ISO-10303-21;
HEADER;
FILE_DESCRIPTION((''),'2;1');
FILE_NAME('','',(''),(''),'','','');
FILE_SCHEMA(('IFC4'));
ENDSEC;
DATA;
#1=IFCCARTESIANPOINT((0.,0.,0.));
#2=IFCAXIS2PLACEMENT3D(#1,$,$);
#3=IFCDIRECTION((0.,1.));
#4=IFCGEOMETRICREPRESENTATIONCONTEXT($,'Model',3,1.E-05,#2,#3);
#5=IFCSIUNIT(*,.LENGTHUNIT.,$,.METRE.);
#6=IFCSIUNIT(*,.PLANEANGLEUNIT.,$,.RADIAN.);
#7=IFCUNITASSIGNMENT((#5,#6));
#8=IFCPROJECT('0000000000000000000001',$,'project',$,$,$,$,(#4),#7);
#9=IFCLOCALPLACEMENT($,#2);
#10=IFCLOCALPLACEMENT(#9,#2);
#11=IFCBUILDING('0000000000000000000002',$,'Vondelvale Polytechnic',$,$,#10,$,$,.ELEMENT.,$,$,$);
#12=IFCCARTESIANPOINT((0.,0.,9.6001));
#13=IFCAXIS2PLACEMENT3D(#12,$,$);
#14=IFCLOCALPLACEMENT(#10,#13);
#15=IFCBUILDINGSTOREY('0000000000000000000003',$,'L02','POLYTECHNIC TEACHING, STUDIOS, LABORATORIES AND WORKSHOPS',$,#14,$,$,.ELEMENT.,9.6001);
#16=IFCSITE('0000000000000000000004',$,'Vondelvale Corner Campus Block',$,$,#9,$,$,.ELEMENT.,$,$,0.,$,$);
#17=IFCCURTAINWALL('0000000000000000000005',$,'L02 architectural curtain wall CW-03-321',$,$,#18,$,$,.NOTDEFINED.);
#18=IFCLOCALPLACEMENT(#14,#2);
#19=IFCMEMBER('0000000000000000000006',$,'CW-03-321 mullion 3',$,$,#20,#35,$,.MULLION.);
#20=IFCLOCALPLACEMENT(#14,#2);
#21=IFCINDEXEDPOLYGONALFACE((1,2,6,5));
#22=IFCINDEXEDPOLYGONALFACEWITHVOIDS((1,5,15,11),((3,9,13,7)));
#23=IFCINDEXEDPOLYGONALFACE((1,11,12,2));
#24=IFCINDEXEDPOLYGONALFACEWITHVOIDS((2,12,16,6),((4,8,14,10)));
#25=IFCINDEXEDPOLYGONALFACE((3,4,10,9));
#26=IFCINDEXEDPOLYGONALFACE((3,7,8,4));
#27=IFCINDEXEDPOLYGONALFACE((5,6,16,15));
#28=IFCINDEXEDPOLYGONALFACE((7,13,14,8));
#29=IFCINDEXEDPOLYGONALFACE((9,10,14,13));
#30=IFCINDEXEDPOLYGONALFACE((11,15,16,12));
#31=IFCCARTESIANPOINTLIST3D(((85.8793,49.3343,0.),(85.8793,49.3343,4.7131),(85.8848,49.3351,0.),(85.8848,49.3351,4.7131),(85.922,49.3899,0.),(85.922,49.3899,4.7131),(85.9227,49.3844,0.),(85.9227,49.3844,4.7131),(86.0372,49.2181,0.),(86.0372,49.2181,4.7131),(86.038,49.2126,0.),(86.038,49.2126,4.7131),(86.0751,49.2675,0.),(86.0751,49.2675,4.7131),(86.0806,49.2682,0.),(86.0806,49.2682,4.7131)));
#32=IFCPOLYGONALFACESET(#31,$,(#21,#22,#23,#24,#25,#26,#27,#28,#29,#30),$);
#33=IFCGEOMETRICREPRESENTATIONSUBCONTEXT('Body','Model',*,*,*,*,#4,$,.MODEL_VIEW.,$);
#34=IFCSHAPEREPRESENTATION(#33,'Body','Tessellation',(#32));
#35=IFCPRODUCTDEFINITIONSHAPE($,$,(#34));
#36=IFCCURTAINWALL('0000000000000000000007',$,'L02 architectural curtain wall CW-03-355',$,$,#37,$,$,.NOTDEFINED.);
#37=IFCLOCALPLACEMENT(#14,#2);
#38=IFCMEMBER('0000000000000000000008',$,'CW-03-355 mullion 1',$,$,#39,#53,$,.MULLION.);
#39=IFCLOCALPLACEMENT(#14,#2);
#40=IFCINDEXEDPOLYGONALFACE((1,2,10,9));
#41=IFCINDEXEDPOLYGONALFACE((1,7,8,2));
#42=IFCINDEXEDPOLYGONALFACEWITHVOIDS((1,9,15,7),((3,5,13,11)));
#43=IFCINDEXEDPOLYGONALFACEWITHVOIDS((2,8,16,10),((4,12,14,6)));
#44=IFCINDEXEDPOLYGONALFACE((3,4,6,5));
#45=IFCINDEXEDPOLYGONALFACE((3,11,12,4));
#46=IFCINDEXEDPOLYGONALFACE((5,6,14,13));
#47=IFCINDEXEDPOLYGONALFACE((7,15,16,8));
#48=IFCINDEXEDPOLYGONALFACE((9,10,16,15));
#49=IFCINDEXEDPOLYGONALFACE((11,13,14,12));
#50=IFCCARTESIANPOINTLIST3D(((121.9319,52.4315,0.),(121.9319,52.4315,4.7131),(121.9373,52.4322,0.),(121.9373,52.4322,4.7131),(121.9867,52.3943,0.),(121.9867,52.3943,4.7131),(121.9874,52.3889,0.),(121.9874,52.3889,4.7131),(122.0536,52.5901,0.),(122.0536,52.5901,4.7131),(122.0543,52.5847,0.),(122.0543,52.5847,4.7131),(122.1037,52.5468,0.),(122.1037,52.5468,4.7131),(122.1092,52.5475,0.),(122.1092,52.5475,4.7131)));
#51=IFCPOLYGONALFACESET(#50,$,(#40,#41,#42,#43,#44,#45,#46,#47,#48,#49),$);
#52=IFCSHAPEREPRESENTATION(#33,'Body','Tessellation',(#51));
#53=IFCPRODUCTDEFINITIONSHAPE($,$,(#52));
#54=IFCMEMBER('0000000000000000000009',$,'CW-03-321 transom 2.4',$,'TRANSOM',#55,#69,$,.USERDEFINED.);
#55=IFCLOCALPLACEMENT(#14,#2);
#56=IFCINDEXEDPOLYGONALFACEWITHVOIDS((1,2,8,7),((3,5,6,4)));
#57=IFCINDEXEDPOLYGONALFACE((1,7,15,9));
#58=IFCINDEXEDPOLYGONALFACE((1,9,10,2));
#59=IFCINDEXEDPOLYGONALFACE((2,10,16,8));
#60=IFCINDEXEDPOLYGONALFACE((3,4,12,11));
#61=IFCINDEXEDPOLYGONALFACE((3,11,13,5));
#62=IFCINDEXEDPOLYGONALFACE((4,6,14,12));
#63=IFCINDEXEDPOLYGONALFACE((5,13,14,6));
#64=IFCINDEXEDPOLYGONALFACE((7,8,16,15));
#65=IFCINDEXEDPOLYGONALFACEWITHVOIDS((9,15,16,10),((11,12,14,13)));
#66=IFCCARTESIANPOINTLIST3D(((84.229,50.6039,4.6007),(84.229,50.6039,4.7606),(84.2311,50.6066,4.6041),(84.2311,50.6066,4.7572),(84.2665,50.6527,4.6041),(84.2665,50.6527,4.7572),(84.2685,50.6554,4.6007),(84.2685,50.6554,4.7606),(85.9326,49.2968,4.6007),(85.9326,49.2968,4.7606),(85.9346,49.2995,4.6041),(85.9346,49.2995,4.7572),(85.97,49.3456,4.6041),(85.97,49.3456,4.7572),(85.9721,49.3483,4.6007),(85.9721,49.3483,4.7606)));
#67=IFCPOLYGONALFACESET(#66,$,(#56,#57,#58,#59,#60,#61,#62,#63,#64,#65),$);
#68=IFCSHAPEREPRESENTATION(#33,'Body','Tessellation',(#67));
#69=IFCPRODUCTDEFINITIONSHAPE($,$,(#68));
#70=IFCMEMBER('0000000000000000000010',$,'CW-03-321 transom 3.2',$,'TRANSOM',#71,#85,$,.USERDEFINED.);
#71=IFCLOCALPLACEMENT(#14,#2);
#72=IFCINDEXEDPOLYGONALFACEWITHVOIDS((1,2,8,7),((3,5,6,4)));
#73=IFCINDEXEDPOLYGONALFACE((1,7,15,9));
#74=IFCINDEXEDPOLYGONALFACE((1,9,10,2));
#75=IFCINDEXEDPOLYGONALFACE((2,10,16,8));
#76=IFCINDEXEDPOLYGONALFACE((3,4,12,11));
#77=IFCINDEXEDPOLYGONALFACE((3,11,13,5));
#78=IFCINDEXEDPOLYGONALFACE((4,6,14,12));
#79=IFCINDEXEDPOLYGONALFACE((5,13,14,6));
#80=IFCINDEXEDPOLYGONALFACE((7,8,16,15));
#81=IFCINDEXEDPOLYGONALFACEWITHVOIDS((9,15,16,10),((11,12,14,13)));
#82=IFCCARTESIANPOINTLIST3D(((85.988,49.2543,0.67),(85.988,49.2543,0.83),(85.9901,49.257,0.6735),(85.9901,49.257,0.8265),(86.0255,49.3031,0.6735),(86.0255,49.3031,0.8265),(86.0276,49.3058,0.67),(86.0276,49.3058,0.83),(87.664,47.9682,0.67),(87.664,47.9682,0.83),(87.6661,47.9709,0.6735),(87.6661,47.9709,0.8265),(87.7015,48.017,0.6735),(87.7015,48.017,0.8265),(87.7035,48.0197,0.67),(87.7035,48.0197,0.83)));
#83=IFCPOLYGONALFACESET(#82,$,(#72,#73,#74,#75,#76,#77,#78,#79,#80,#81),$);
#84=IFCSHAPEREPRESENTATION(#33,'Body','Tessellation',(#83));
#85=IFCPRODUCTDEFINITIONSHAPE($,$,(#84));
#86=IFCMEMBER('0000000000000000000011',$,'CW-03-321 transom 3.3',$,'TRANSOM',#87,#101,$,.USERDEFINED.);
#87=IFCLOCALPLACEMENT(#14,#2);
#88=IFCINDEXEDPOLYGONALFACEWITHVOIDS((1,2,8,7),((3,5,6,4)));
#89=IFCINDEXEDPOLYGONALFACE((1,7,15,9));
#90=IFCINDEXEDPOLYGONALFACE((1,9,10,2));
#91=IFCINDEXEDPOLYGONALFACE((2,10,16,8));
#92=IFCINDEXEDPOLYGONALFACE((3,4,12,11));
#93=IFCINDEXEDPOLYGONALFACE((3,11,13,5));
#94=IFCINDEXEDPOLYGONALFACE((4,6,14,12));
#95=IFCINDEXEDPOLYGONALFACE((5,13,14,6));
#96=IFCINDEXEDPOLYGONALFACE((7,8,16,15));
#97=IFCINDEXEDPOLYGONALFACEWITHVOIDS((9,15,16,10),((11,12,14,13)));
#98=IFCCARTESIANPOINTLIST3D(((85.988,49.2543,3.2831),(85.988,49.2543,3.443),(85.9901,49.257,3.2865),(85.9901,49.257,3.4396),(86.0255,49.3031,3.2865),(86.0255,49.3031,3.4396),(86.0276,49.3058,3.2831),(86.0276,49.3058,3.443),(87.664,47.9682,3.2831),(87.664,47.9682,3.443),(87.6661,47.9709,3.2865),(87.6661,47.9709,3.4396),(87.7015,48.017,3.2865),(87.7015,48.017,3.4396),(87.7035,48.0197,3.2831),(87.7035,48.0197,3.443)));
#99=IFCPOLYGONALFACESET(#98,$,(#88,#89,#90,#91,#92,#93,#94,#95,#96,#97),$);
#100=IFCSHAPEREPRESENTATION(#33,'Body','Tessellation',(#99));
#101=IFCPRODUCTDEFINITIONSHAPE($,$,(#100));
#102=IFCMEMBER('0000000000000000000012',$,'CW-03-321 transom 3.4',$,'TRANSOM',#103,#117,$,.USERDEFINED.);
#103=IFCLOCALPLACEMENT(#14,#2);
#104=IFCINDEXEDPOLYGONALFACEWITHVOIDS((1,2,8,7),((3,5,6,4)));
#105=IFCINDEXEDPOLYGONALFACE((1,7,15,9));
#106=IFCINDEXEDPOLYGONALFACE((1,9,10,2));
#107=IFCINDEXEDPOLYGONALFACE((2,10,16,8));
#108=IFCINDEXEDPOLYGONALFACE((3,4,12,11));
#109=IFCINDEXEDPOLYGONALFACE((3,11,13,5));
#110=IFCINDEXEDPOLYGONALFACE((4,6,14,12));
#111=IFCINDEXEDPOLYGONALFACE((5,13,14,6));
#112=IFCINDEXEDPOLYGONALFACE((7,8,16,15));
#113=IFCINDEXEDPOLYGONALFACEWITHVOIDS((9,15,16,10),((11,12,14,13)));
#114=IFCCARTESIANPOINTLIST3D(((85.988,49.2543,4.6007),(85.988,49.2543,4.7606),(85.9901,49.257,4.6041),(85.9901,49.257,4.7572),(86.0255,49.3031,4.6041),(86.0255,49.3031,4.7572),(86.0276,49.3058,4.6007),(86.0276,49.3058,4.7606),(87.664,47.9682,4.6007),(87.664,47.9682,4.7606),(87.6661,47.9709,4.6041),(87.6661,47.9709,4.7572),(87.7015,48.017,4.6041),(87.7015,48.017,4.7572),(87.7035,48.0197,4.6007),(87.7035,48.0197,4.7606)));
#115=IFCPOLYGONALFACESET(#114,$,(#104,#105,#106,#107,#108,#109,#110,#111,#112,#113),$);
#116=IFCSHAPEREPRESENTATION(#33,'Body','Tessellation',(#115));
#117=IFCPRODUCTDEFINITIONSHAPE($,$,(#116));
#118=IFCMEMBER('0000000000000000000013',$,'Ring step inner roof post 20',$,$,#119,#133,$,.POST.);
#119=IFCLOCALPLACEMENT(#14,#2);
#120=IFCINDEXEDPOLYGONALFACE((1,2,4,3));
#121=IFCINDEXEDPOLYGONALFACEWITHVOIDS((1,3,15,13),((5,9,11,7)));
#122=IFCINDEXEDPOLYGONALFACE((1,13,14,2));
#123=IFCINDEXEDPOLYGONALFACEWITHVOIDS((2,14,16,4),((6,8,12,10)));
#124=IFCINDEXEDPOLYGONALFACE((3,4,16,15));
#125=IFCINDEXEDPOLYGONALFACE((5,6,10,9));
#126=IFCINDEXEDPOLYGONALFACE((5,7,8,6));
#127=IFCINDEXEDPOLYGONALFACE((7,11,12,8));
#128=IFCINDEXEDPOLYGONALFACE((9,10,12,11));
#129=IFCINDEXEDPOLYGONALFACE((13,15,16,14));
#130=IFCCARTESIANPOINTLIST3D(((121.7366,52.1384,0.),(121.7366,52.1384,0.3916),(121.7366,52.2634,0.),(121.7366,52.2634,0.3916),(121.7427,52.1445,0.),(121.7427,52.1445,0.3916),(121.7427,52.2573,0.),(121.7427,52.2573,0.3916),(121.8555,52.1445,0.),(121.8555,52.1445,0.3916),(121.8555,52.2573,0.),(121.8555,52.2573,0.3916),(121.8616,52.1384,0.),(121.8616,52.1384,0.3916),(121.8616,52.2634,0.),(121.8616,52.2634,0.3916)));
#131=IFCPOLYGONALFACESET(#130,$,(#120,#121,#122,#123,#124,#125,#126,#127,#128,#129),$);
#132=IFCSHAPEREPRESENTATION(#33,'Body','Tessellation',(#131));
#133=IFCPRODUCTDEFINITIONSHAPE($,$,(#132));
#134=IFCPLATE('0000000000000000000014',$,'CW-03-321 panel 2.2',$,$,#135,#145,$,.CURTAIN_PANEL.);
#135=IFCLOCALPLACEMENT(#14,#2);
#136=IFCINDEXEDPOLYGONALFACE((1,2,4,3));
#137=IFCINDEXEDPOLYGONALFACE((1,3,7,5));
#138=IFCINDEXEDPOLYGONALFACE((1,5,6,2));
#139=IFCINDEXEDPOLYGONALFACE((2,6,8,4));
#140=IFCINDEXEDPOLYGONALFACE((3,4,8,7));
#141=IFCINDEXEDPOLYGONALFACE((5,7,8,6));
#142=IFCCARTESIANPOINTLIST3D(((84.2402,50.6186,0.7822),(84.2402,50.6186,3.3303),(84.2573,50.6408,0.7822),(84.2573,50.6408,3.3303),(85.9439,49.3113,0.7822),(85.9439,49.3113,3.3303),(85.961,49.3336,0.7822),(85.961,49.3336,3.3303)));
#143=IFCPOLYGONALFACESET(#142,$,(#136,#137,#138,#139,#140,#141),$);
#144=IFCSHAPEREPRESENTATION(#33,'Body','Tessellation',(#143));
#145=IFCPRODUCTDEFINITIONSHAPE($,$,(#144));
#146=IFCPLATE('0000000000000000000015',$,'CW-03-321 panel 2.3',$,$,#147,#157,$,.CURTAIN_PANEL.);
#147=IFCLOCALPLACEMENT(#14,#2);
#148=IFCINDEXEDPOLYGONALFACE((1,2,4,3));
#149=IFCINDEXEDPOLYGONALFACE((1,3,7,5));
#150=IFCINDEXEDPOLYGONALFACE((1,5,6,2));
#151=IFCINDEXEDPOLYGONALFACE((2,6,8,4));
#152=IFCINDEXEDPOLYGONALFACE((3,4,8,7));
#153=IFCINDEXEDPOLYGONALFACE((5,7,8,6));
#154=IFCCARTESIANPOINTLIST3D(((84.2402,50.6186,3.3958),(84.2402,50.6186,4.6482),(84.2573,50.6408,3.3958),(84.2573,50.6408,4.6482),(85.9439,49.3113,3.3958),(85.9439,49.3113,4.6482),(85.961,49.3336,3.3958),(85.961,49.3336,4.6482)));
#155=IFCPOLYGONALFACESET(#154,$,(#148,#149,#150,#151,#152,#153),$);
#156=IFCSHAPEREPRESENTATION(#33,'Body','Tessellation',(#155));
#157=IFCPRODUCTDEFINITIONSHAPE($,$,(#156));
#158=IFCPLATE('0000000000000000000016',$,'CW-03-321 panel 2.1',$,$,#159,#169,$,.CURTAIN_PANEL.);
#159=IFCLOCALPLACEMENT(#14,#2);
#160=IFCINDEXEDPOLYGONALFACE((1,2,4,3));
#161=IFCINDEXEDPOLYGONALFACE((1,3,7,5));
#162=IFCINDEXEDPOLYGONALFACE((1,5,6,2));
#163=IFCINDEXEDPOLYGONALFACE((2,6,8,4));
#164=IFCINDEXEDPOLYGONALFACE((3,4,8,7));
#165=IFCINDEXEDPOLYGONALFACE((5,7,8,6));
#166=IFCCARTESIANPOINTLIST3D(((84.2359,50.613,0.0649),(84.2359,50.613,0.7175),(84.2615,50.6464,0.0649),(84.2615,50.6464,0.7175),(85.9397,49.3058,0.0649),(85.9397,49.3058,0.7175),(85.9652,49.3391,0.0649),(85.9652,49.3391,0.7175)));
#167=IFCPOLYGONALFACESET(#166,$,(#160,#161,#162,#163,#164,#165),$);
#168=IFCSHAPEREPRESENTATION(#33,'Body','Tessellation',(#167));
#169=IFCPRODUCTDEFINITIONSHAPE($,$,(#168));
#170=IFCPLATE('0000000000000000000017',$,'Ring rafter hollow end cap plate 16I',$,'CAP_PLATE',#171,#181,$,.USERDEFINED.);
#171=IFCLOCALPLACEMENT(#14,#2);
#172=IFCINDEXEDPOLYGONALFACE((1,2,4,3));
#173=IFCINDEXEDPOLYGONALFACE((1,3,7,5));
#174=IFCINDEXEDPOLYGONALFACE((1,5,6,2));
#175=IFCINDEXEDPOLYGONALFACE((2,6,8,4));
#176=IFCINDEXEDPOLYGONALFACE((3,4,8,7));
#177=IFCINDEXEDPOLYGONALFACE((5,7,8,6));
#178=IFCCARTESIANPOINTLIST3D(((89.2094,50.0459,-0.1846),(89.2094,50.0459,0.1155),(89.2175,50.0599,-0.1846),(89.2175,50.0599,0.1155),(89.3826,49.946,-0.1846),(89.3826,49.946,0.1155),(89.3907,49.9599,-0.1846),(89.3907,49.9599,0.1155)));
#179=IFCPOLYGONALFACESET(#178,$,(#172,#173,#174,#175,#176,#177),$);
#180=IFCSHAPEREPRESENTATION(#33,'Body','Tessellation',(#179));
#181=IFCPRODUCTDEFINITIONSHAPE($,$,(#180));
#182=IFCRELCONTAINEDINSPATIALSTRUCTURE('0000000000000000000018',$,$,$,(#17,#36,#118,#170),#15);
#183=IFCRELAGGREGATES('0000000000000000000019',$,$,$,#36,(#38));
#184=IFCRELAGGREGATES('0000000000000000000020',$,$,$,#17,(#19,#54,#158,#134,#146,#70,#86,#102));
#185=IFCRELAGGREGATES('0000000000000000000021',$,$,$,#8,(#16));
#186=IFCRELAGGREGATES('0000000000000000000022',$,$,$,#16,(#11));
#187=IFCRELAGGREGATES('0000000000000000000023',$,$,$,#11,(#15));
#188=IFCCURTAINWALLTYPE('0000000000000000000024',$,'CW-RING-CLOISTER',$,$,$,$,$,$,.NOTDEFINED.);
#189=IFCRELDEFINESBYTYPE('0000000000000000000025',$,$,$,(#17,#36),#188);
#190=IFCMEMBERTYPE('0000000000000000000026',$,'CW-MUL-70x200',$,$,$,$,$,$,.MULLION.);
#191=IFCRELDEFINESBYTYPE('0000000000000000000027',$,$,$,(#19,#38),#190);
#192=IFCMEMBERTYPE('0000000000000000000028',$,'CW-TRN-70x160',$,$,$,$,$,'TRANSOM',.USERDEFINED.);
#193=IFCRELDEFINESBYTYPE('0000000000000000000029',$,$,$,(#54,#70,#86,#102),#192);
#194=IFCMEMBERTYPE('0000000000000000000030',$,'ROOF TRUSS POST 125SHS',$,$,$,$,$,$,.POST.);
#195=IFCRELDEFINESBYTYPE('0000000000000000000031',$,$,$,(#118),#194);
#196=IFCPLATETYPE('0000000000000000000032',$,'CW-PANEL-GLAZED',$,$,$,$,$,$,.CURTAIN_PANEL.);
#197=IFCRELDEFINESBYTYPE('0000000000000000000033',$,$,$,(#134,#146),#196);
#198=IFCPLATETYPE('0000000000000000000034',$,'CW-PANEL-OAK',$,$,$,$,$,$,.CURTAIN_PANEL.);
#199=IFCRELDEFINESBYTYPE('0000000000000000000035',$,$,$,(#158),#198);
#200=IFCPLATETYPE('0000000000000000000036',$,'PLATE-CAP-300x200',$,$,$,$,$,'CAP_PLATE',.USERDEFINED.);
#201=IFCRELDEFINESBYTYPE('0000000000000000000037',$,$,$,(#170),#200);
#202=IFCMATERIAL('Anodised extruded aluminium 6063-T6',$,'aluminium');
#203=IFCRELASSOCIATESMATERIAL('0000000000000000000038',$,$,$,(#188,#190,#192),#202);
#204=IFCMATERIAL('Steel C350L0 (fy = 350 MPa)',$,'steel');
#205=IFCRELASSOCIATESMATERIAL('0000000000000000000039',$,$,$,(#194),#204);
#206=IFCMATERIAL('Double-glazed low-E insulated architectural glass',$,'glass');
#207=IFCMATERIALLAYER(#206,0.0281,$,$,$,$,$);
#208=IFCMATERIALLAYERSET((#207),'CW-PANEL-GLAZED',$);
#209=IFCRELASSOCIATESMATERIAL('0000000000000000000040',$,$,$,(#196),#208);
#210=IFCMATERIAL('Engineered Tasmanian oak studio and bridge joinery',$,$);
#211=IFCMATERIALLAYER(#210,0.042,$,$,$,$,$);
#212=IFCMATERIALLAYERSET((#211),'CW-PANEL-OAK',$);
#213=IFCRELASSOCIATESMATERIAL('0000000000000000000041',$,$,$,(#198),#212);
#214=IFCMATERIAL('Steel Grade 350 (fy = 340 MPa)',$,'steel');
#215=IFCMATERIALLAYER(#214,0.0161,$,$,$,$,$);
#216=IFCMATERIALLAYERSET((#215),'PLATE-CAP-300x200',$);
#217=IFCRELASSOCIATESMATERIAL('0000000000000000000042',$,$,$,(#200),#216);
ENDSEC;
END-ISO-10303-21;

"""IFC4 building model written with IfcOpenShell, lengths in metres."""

from ifc_helpers import new_model, si_unit, direction, frame, origin, origin_2d, place, context, subcontext, project, spatial, rectangle, hollow_rectangle, extrude, material, layer, layer_set, material_profile, profile_set, type_object, element, aggregate, save


model = new_model("IFC4")

# Units and contexts
model_context = context("Model", 3, precision=1e-05, world=origin(), true_north=direction((0.0, 1.0)))
body_context = subcontext(model_context, "Body", "Model", "MODEL_VIEW")
ifc_project = project(units=[si_unit("LENGTHUNIT", "METRE"), si_unit("PLANEANGLEUNIT", "RADIAN")], contexts=[model_context])

# Site, building, storey
site_placement = place(None, origin())
site = spatial("IfcSite", under=ifc_project, at=site_placement, Name="Vondelvale Corner Campus Block", CompositionType="ELEMENT", RefElevation=0.0)
building_placement = place(site_placement, origin())
building = spatial("IfcBuilding", under=site, at=building_placement, Name="Vondelvale Polytechnic", CompositionType="ELEMENT")
storey_placement = place(building_placement, frame((0.0, 0.0, 9.6001)))
storey = spatial("IfcBuildingStorey", under=building, at=storey_placement, Name="L02", Description="POLYTECHNIC TEACHING, STUDIOS, LABORATORIES AND WORKSHOPS", CompositionType="ELEMENT", Elevation=9.6001)

# Curtain walls, members
ifc_material_1 = material(Name="Anodised extruded aluminium 6063-T6", Category="aluminium")
curtain_wall_type = type_object("IfcCurtainWallType", Name="CW-RING-CLOISTER", PredefinedType="NOTDEFINED", material=ifc_material_1)
curtain_wall_1_placement = place(storey_placement, origin())
curtain_wall_1 = element("IfcCurtainWall", 1, at=curtain_wall_1_placement, inside=storey, type_object=curtain_wall_type, Name="L02 architectural curtain wall CW-03-321", PredefinedType="NOTDEFINED")
ifc_material_profile_1 = material_profile(ifc_material_1, hollow_rectangle(XDim=0.0701, YDim=0.2, WallThickness=0.0039, at=origin_2d()), Name="CW-MUL-200x70")
ifc_profile_set_1 = profile_set([ifc_material_profile_1], Name="Anodised extruded aluminium 6063-T6")
member_type_1 = type_object("IfcMemberType", Name="CW-MUL-70x200", PredefinedType="MULLION", material=ifc_profile_set_1)
member_1_placement = place(storey_placement, frame((85.98, 49.3013, 0.0), z_axis=(0.0, 0.0, 1.0), x_axis=(0.608748, 0.793364, 0.0)))
member_1 = element("IfcMember", 2, at=member_1_placement, type_object=member_type_1, Name="CW-03-321 mullion 3", PredefinedType="MULLION", context=body_context, shape_type="SweptSolid", body=[
    extrude(hollow_rectangle(XDim=0.0701, YDim=0.2, WallThickness=0.0039, at=origin_2d()), origin(), (0.0, 0.0, 1.0), 4.7131),
])
curtain_wall_2_placement = place(storey_placement, origin())
curtain_wall_2 = element("IfcCurtainWall", 3, at=curtain_wall_2_placement, inside=storey, type_object=curtain_wall_type, Name="L02 architectural curtain wall CW-03-355", PredefinedType="NOTDEFINED")
member_2_placement = place(storey_placement, frame((122.0205, 52.4895, 0.0), z_axis=(0.0, 0.0, 1.0), x_axis=(-0.793364, 0.608748, 0.0)))
member_2 = element("IfcMember", 4, at=member_2_placement, type_object=member_type_1, Name="CW-03-355 mullion 1", PredefinedType="MULLION", context=body_context, shape_type="SweptSolid", body=[
    extrude(hollow_rectangle(XDim=0.0701, YDim=0.2, WallThickness=0.0039, at=origin_2d()), origin(), (0.0, 0.0, 1.0), 4.7131),
])
aggregate(curtain_wall_2, [member_2])

# Members
ifc_material_profile_2 = material_profile(ifc_material_1, hollow_rectangle(XDim=0.0649, YDim=0.1599, WallThickness=0.0034, at=origin_2d()), Name="CW-TRN-160x65")
ifc_profile_set_2 = profile_set([ifc_material_profile_2], Name="Anodised extruded aluminium 6063-T6")
member_type_2 = type_object("IfcMemberType", Name="CW-TRN-70x160", ElementType="TRANSOM", PredefinedType="USERDEFINED", material=ifc_profile_set_2)
member_3_placement = place(storey_placement, frame((84.2488, 50.6296, 4.6807), z_axis=(0.793376, -0.608732, 0.0), x_axis=(0.608732, 0.793376, 0.0)))
member_3 = element("IfcMember", 5, at=member_3_placement, type_object=member_type_2, Name="CW-03-321 transom 2.4", ObjectType="TRANSOM", PredefinedType="USERDEFINED", context=body_context, shape_type="SweptSolid", body=[
    extrude(hollow_rectangle(XDim=0.0649, YDim=0.1599, WallThickness=0.0034, at=origin_2d()), origin(), (0.0, 0.0, 1.0), 2.1472),
])
member_4_placement = place(storey_placement, frame((86.0078, 49.28, 0.75), z_axis=(0.793337, -0.608783, 0.0), x_axis=(0.608783, 0.793337, 0.0)))
member_4 = element("IfcMember", 6, at=member_4_placement, type_object=member_type_2, Name="CW-03-321 transom 3.2", ObjectType="TRANSOM", PredefinedType="USERDEFINED", context=body_context, shape_type="SweptSolid", body=[
    extrude(hollow_rectangle(XDim=0.0649, YDim=0.1599, WallThickness=0.0034, at=origin_2d()), origin(), (0.0, 0.0, 1.0), 2.1125),
])
member_5_placement = place(storey_placement, frame((86.0078, 49.28, 3.363), z_axis=(0.793337, -0.608783, 0.0), x_axis=(0.608783, 0.793337, 0.0)))
member_5 = element("IfcMember", 7, at=member_5_placement, type_object=member_type_2, Name="CW-03-321 transom 3.3", ObjectType="TRANSOM", PredefinedType="USERDEFINED", context=body_context, shape_type="SweptSolid", body=[
    extrude(hollow_rectangle(XDim=0.0649, YDim=0.1599, WallThickness=0.0034, at=origin_2d()), origin(), (0.0, 0.0, 1.0), 2.1125),
])
member_6_placement = place(storey_placement, frame((86.0078, 49.28, 4.6807), z_axis=(0.793337, -0.608783, 0.0), x_axis=(0.608783, 0.793337, 0.0)))
member_6 = element("IfcMember", 8, at=member_6_placement, type_object=member_type_2, Name="CW-03-321 transom 3.4", ObjectType="TRANSOM", PredefinedType="USERDEFINED", context=body_context, shape_type="SweptSolid", body=[
    extrude(hollow_rectangle(XDim=0.0649, YDim=0.1599, WallThickness=0.0034, at=origin_2d()), origin(), (0.0, 0.0, 1.0), 2.1125),
])
ifc_material_2 = material(Name="Steel C350L0 (fy = 350 MPa)", Category="steel")
ifc_material_profile_3 = material_profile(ifc_material_2, hollow_rectangle(XDim=0.125, YDim=0.125, WallThickness=0.0061, at=origin_2d()), Name="125x125x6.0SHS")
ifc_profile_set_3 = profile_set([ifc_material_profile_3], Name="Steel C350L0 (fy = 350 MPa)")
member_type_3 = type_object("IfcMemberType", Name="ROOF TRUSS POST 125SHS", PredefinedType="POST", material=ifc_profile_set_3)
member_7_placement = place(storey_placement, frame((121.7991, 52.2009, 0.0), z_axis=(0.0, 0.0, 1.0), x_axis=(1.0, 0.0, 0.0)))
element("IfcMember", 9, at=member_7_placement, inside=storey, type_object=member_type_3, Name="Ring step inner roof post 20", PredefinedType="POST", context=body_context, shape_type="SweptSolid", body=[
    extrude(hollow_rectangle(XDim=0.125, YDim=0.125, WallThickness=0.0061, at=origin_2d()), origin(), (0.0, 0.0, 1.0), 0.3916),
])

# Plates
ifc_material_3 = material(Name="Double-glazed low-E insulated architectural glass", Category="glass")
ifc_layer_1 = layer(ifc_material_3, 0.0281)
ifc_layer_set_1 = layer_set([ifc_layer_1], Name="CW-PANEL-GLAZED")
plate_type_1 = type_object("IfcPlateType", Name="CW-PANEL-GLAZED", PredefinedType="CURTAIN_PANEL", material=ifc_layer_set_1)
plate_1_placement = place(storey_placement, frame((85.1006, 49.9761, 0.7822), z_axis=(0.0, 0.0, 1.0), x_axis=(0.793364, -0.608748, 0.0)))
plate_1 = element("IfcPlate", 10, at=plate_1_placement, type_object=plate_type_1, Name="CW-03-321 panel 2.2", PredefinedType="CURTAIN_PANEL", context=body_context, shape_type="SweptSolid", body=[
    extrude(rectangle(XDim=2.1475, YDim=0.0281, at=origin_2d()), origin(), (0.0, 0.0, 1.0), 2.5481),
])
plate_2_placement = place(storey_placement, frame((85.1006, 49.9761, 3.3958), z_axis=(0.0, 0.0, 1.0), x_axis=(0.793364, -0.608748, 0.0)))
plate_2 = element("IfcPlate", 11, at=plate_2_placement, type_object=plate_type_1, Name="CW-03-321 panel 2.3", PredefinedType="CURTAIN_PANEL", context=body_context, shape_type="SweptSolid", body=[
    extrude(rectangle(XDim=2.1475, YDim=0.0281, at=origin_2d()), origin(), (0.0, 0.0, 1.0), 1.2524),
])
ifc_material_4 = material(Name="Engineered Tasmanian oak studio and bridge joinery")
ifc_layer_2 = layer(ifc_material_4, 0.042)
ifc_layer_set_2 = layer_set([ifc_layer_2], Name="CW-PANEL-OAK")
plate_type_2 = type_object("IfcPlateType", Name="CW-PANEL-OAK", PredefinedType="CURTAIN_PANEL", material=ifc_layer_set_2)
plate_3_placement = place(storey_placement, frame((85.1006, 49.9761, 0.0649), z_axis=(0.0, 0.0, 1.0), x_axis=(0.793364, -0.608748, 0.0)))
plate_3 = element("IfcPlate", 12, at=plate_3_placement, type_object=plate_type_2, Name="CW-03-321 panel 2.1", PredefinedType="CURTAIN_PANEL", context=body_context, shape_type="SweptSolid", body=[
    extrude(rectangle(XDim=2.1475, YDim=0.042, at=origin_2d()), origin(), (0.0, 0.0, 1.0), 0.6526),
])
aggregate(curtain_wall_1, [member_1, member_3, plate_3, plate_1, plate_2, member_4, member_5, member_6])

# Plate
ifc_material_5 = material(Name="Steel Grade 350 (fy = 340 MPa)", Category="steel")
ifc_layer_3 = layer(ifc_material_5, 0.0161)
ifc_layer_set_3 = layer_set([ifc_layer_3], Name="PLATE-CAP-300x200")
plate_type_3 = type_object("IfcPlateType", Name="PLATE-CAP-300x200", ElementType="CAP_PLATE", PredefinedType="USERDEFINED", material=ifc_layer_set_3)
for number, where, z_axis, x_axis, name in (
    (13, (89.3, 50.0029, -0.1846), (0.0, 0.0, 1.0), (0.5, 0.866025, 0.0), "Ring rafter hollow end cap plate 16I"),
):
    element("IfcPlate", number, at=place(storey_placement, frame(where, z_axis=z_axis, x_axis=x_axis)), inside=storey, type_object=plate_type_3, Name=name, ObjectType="CAP_PLATE", PredefinedType="USERDEFINED", context=body_context, shape_type="SweptSolid", body=[
        extrude(rectangle(XDim=0.0161, YDim=0.2, at=origin_2d()), origin(), (0.0, 0.0, 1.0), 0.3),
    ])

save(model, "model.ifc")
